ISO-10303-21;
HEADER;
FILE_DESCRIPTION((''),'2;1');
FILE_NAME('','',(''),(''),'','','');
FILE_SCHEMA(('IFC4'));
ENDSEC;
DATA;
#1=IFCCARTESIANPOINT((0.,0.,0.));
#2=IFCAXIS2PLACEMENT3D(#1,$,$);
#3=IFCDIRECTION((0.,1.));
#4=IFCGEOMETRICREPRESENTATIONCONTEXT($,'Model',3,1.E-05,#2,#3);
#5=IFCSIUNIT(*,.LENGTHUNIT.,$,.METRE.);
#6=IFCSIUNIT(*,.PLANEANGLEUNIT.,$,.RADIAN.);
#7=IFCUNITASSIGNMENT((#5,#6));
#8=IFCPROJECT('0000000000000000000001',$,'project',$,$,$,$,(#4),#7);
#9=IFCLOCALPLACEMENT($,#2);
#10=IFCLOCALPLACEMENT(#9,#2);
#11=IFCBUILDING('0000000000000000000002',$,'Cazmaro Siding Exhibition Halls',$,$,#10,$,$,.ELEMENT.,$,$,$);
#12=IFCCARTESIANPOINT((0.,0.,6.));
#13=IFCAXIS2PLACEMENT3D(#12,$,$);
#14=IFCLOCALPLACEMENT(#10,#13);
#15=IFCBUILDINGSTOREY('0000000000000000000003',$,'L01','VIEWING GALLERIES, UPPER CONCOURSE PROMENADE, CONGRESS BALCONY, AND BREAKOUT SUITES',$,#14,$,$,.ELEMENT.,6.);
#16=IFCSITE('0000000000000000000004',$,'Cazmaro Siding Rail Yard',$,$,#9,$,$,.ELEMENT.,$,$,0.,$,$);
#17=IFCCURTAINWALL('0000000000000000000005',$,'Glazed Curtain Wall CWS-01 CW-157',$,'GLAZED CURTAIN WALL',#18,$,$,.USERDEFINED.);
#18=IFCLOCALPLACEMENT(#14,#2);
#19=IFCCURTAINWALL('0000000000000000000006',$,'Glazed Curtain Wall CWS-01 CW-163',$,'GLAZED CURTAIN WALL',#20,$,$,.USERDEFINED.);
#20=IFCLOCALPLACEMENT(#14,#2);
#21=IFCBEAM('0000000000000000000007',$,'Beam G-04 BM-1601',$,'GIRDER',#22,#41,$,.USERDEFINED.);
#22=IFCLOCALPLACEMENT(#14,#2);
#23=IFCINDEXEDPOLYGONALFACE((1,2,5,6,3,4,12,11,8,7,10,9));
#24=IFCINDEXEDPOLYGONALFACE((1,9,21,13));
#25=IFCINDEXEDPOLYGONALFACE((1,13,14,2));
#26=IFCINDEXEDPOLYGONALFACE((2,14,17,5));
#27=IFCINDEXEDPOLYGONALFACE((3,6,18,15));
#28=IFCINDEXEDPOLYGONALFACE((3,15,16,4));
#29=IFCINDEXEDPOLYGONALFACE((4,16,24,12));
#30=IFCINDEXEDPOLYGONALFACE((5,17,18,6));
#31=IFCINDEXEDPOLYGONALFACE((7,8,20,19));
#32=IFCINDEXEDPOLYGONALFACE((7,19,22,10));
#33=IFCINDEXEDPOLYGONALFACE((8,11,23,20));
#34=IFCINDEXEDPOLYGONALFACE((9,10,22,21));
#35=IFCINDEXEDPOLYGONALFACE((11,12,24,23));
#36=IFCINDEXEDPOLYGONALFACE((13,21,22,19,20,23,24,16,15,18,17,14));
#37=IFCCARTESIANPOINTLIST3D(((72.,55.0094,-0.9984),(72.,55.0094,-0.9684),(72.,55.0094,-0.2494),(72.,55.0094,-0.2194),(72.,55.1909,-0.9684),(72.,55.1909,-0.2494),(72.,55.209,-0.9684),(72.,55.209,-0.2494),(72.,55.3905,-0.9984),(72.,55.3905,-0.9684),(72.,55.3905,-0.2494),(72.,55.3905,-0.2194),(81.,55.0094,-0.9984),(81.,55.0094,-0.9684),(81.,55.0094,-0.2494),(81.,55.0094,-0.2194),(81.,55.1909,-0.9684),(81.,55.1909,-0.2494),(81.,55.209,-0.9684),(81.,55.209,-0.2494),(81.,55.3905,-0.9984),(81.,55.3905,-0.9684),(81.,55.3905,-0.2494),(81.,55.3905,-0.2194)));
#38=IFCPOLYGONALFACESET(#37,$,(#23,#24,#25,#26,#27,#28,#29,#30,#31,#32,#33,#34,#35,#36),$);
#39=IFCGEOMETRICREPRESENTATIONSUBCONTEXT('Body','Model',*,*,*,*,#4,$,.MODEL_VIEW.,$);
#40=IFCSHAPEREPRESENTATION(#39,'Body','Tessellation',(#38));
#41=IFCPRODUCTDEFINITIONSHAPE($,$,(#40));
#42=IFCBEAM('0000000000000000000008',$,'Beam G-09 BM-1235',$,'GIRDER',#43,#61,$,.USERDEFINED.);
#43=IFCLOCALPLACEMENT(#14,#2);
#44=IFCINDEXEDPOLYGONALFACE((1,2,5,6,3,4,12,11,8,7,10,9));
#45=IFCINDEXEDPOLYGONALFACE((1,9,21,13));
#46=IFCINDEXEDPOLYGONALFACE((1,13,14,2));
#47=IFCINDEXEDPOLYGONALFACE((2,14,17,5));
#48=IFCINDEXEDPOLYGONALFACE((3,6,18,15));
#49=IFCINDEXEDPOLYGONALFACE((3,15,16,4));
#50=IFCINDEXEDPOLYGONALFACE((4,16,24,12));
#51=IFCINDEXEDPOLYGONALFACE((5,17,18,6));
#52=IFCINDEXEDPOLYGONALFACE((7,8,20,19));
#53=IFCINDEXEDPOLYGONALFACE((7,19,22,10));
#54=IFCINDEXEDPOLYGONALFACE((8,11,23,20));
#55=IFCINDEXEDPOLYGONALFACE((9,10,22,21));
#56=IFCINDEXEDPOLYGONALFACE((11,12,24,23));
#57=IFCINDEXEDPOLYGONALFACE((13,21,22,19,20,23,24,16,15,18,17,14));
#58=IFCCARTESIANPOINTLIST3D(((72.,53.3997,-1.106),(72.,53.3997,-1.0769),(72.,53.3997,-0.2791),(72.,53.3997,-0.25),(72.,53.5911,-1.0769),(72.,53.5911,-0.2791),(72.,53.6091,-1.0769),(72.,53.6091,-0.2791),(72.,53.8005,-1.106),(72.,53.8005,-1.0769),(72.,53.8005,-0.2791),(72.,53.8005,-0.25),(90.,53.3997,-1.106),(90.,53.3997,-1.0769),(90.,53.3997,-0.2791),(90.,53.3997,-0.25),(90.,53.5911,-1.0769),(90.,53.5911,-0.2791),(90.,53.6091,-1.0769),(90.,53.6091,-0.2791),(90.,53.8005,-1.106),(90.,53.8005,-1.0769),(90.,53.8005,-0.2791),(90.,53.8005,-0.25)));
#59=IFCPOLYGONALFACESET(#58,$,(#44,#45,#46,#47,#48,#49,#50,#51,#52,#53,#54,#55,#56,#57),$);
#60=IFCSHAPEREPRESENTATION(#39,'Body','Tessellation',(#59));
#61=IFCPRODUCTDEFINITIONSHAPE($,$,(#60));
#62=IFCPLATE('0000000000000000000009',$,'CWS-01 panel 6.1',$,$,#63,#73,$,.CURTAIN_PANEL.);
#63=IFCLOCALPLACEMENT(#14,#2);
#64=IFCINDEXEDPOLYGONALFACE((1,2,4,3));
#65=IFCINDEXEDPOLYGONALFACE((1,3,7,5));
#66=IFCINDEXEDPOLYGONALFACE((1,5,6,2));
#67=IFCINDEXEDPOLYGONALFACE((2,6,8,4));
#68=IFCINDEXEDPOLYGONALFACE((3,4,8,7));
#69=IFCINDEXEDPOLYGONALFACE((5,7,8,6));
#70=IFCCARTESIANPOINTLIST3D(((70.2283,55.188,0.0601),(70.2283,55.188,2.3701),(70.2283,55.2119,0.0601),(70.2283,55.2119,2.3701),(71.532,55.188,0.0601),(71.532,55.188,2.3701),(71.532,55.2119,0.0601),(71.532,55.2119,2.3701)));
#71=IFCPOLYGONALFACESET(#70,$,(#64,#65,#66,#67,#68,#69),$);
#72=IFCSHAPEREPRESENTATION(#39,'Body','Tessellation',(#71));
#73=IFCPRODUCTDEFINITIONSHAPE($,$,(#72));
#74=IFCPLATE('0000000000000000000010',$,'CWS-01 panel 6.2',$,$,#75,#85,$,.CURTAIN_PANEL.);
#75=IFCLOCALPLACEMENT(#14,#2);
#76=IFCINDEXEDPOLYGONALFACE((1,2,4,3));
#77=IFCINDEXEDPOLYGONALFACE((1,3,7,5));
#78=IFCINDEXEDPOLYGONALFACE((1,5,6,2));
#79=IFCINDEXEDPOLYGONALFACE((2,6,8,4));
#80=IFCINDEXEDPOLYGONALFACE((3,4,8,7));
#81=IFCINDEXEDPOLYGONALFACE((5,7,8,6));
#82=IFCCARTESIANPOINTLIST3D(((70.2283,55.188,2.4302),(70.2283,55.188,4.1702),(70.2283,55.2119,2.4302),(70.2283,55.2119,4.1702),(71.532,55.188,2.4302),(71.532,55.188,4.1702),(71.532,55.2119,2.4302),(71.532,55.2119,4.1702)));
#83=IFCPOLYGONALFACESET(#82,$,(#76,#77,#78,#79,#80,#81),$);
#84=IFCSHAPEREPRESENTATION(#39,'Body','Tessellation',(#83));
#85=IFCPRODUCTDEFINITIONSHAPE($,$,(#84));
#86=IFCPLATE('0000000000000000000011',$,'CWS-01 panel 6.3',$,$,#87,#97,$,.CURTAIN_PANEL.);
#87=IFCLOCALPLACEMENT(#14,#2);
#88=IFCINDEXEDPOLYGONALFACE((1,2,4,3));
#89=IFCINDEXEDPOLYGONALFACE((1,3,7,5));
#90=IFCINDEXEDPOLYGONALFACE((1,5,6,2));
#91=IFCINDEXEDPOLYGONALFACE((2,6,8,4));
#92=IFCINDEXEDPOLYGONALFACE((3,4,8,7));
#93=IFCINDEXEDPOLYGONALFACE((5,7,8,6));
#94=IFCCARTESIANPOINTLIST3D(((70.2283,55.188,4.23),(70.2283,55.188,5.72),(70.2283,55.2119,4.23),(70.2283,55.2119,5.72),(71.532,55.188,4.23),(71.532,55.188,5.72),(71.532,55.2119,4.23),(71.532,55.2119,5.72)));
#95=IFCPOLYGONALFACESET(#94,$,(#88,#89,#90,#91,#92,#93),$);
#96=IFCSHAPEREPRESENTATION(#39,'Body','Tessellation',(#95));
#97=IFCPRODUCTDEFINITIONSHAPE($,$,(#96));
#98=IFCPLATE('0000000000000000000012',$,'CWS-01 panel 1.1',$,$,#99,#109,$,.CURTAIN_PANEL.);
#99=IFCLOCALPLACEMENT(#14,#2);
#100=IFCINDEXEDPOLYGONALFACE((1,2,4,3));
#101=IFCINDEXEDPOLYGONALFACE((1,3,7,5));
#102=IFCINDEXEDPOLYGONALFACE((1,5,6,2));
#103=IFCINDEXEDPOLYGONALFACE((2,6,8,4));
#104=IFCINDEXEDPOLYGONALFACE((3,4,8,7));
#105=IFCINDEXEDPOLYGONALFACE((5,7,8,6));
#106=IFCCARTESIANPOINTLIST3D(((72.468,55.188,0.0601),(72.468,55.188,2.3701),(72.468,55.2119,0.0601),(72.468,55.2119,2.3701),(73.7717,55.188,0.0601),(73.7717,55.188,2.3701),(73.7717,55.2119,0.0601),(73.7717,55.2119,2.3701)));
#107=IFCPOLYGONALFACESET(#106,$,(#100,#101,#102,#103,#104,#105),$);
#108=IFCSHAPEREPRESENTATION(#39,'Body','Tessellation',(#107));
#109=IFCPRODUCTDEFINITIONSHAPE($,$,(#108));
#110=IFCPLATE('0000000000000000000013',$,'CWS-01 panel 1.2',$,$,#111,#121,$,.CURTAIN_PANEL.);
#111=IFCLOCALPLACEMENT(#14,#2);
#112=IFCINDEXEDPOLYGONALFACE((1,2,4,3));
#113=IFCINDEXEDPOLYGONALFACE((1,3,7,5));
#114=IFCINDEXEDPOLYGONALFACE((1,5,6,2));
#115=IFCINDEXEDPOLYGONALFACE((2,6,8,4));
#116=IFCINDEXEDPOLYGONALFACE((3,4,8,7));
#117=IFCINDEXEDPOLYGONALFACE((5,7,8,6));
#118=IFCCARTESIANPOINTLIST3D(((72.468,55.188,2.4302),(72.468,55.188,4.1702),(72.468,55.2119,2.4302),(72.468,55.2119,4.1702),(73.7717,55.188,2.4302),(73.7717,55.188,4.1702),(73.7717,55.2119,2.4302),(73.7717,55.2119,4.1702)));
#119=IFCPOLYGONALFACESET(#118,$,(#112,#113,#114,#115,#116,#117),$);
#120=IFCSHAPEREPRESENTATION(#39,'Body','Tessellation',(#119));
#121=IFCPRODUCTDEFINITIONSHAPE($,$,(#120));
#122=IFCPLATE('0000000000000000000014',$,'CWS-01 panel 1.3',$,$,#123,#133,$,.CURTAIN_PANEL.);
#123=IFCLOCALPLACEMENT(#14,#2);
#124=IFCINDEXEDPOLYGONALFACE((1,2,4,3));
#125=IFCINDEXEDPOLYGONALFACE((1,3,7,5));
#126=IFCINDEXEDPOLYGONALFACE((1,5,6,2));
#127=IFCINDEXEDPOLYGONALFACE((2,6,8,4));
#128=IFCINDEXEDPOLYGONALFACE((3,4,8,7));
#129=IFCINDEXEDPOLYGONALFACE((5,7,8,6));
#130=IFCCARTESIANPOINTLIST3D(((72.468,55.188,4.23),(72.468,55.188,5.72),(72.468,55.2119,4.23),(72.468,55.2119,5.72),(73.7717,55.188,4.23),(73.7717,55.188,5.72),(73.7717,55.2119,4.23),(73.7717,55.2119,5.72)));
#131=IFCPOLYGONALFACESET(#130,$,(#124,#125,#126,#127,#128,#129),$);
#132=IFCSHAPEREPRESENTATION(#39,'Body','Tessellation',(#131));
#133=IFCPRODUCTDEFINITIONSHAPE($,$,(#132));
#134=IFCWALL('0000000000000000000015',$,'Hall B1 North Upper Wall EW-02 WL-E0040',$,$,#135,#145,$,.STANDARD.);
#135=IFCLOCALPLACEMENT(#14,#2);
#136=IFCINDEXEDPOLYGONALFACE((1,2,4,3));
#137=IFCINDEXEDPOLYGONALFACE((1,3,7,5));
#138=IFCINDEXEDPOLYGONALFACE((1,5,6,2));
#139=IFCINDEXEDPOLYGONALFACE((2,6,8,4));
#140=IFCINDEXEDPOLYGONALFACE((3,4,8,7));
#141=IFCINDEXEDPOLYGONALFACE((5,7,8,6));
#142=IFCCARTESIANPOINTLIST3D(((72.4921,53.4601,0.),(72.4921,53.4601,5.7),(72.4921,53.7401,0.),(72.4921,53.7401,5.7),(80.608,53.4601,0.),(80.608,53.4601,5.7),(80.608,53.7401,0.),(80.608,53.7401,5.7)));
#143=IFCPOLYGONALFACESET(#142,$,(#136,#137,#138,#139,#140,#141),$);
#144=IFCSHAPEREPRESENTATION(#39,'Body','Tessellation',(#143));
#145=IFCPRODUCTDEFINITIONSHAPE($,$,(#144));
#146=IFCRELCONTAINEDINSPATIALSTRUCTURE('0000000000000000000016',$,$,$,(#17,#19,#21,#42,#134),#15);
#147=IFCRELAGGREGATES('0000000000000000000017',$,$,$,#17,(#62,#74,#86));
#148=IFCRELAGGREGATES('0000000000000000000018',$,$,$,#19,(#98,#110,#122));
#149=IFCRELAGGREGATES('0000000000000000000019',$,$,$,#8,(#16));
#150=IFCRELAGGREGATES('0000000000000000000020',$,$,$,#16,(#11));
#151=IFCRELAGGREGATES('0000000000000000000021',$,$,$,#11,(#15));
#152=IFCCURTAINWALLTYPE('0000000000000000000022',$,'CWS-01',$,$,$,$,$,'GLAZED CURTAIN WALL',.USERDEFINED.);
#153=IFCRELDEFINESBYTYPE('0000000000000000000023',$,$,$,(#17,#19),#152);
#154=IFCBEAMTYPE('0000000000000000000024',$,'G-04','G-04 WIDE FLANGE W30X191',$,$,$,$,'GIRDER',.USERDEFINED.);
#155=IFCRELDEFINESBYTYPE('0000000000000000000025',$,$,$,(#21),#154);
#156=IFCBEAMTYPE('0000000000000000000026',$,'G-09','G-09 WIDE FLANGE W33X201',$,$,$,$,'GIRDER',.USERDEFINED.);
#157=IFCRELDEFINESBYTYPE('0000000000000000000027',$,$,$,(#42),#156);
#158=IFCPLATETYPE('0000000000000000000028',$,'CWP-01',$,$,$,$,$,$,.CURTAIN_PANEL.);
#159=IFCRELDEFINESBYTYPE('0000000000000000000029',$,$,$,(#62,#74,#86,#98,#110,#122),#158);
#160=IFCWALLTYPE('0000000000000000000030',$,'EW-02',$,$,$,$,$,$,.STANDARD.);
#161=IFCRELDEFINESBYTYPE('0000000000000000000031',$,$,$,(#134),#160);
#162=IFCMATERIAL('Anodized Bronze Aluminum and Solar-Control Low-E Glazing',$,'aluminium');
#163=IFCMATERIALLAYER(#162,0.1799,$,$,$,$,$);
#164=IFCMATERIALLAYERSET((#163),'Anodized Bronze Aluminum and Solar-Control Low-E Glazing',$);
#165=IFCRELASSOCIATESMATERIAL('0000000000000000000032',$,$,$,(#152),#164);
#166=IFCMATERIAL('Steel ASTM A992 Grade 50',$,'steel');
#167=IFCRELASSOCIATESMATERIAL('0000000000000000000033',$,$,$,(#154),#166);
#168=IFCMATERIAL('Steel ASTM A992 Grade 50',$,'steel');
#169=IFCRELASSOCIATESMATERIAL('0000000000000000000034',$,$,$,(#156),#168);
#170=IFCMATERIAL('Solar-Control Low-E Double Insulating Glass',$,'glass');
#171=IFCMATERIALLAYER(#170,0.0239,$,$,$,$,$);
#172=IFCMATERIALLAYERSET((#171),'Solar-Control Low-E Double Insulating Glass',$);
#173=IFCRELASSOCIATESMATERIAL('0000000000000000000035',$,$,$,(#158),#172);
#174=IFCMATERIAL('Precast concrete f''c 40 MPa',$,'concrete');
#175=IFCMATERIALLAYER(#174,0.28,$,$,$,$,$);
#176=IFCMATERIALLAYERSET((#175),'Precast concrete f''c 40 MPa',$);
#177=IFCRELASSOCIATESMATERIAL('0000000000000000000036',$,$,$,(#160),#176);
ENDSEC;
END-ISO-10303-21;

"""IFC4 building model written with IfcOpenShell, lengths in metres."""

from ifc_helpers import new_model, si_unit, direction, frame, frame_2d, origin, origin_2d, place, context, subcontext, project, spatial, rectangle, i_section, extrude, material, layer, layer_set, material_profile, profile_set, type_object, element, aggregate, save


model = new_model("IFC4")

# Units and contexts
model_context = context("Model", 3, precision=1e-05, world=origin(), true_north=direction((0.0, 1.0)))
body_context = subcontext(model_context, "Body", "Model", "MODEL_VIEW")
ifc_project = project(units=[si_unit("LENGTHUNIT", "METRE"), si_unit("PLANEANGLEUNIT", "RADIAN")], contexts=[model_context])

# Site, building, storey
site_placement = place(None, origin())
site = spatial("IfcSite", under=ifc_project, at=site_placement, Name="Cazmaro Siding Rail Yard", CompositionType="ELEMENT", RefElevation=0.0)
building_placement = place(site_placement, origin())
building = spatial("IfcBuilding", under=site, at=building_placement, Name="Cazmaro Siding Exhibition Halls", CompositionType="ELEMENT")
storey_placement = place(building_placement, frame((0.0, 0.0, 6.0)))
storey = spatial("IfcBuildingStorey", under=building, at=storey_placement, Name="L01", Description="VIEWING GALLERIES, UPPER CONCOURSE PROMENADE, CONGRESS BALCONY, AND BREAKOUT SUITES", CompositionType="ELEMENT", Elevation=6.0)

# Curtain wall
ifc_material_1 = material(Name="Anodized Bronze Aluminum and Solar-Control Low-E Glazing", Category="aluminium")
ifc_layer_1 = layer(ifc_material_1, 0.1799)
ifc_layer_set_1 = layer_set([ifc_layer_1], Name="Anodized Bronze Aluminum and Solar-Control Low-E Glazing")
curtain_wall_type = type_object("IfcCurtainWallType", Name="CWS-01", ElementType="GLAZED CURTAIN WALL", PredefinedType="USERDEFINED", material=ifc_layer_set_1)
curtain_wall_1_placement = place(storey_placement, origin())
curtain_wall_1 = element("IfcCurtainWall", 1, at=curtain_wall_1_placement, inside=storey, type_object=curtain_wall_type, Name="Glazed Curtain Wall CWS-01 CW-157", ObjectType="GLAZED CURTAIN WALL", PredefinedType="USERDEFINED")

# Curtain wall
curtain_wall_2_placement = place(storey_placement, origin())
curtain_wall_2 = element("IfcCurtainWall", 2, at=curtain_wall_2_placement, inside=storey, type_object=curtain_wall_type, Name="Glazed Curtain Wall CWS-01 CW-163", ObjectType="GLAZED CURTAIN WALL", PredefinedType="USERDEFINED")

# Beams
ifc_material_2 = material(Name="Steel ASTM A992 Grade 50", Category="steel")
ifc_material_profile_1 = material_profile(ifc_material_2, i_section(OverallWidth=0.3811, OverallDepth=0.7791, WebThickness=0.0181, FlangeThickness=0.03, at=origin_2d()), Name="W30X191")
ifc_profile_set_1 = profile_set([ifc_material_profile_1], Name="Steel ASTM A992 Grade 50")
beam_type_1 = type_object("IfcBeamType", Name="G-04", Description="G-04 WIDE FLANGE W30X191", ElementType="GIRDER", PredefinedType="USERDEFINED", material=ifc_profile_set_1)
beam_1_placement = place(storey_placement, frame((72.0, 55.2, -0.6089), z_axis=(1.0, 0.0, 0.0), x_axis=(0.0, 1.0, 0.0)))
element("IfcBeam", 3, at=beam_1_placement, inside=storey, type_object=beam_type_1, Name="Beam G-04 BM-1601", ObjectType="GIRDER", PredefinedType="USERDEFINED", context=body_context, shape_type="SweptSolid", body=[
    extrude(i_section(OverallWidth=0.3811, OverallDepth=0.7791, WebThickness=0.0181, FlangeThickness=0.03, at=origin_2d()), origin(), (0.0, 0.0, 1.0), 9.0),
])
ifc_material_3 = material(Name="Steel ASTM A992 Grade 50", Category="steel")
ifc_material_profile_2 = material_profile(ifc_material_3, i_section(OverallWidth=0.4009, OverallDepth=0.856, WebThickness=0.0181, FlangeThickness=0.0291, at=origin_2d()), Name="W33X201")
ifc_profile_set_2 = profile_set([ifc_material_profile_2], Name="Steel ASTM A992 Grade 50")
beam_type_2 = type_object("IfcBeamType", Name="G-09", Description="G-09 WIDE FLANGE W33X201", ElementType="GIRDER", PredefinedType="USERDEFINED", material=ifc_profile_set_2)
beam_2_placement = place(storey_placement, frame((72.0, 53.6001, -0.678), z_axis=(1.0, 0.0, 0.0), x_axis=(0.0, 1.0, 0.0)))
element("IfcBeam", 4, at=beam_2_placement, inside=storey, type_object=beam_type_2, Name="Beam G-09 BM-1235", ObjectType="GIRDER", PredefinedType="USERDEFINED", context=body_context, shape_type="SweptSolid", body=[
    extrude(i_section(OverallWidth=0.4009, OverallDepth=0.856, WebThickness=0.0181, FlangeThickness=0.0291, at=origin_2d()), origin(), (0.0, 0.0, 1.0), 18.0),
])

# Plates
ifc_material_4 = material(Name="Solar-Control Low-E Double Insulating Glass", Category="glass")
ifc_layer_2 = layer(ifc_material_4, 0.0239)
ifc_layer_set_2 = layer_set([ifc_layer_2], Name="Solar-Control Low-E Double Insulating Glass")
plate_type = type_object("IfcPlateType", Name="CWP-01", PredefinedType="CURTAIN_PANEL", material=ifc_layer_set_2)
plate_1_placement = place(storey_placement, frame((70.8801, 55.2, 0.0601), z_axis=(0.0, 0.0, 1.0), x_axis=(1.0, 0.0, 0.0)))
plate_1 = element("IfcPlate", 5, at=plate_1_placement, type_object=plate_type, Name="CWS-01 panel 6.1", PredefinedType="CURTAIN_PANEL", context=body_context, shape_type="SweptSolid", body=[
    extrude(rectangle(XDim=1.3037, YDim=0.0239, at=origin_2d()), origin(), (0.0, 0.0, 1.0), 2.3101),
])
plate_2_placement = place(storey_placement, frame((70.8801, 55.2, 2.4302), z_axis=(0.0, 0.0, 1.0), x_axis=(1.0, 0.0, 0.0)))
plate_2 = element("IfcPlate", 6, at=plate_2_placement, type_object=plate_type, Name="CWS-01 panel 6.2", PredefinedType="CURTAIN_PANEL", context=body_context, shape_type="SweptSolid", body=[
    extrude(rectangle(XDim=1.3037, YDim=0.0239, at=origin_2d()), origin(), (0.0, 0.0, 1.0), 1.74),
])
plate_3_placement = place(storey_placement, frame((70.8801, 55.2, 4.23), z_axis=(0.0, 0.0, 1.0), x_axis=(1.0, 0.0, 0.0)))
plate_3 = element("IfcPlate", 7, at=plate_3_placement, type_object=plate_type, Name="CWS-01 panel 6.3", PredefinedType="CURTAIN_PANEL", context=body_context, shape_type="SweptSolid", body=[
    extrude(rectangle(XDim=1.3037, YDim=0.0239, at=origin_2d()), origin(), (0.0, 0.0, 1.0), 1.49),
])
aggregate(curtain_wall_1, [plate_1, plate_2, plate_3])
plate_4_placement = place(storey_placement, frame((73.1199, 55.2, 0.0601), z_axis=(0.0, 0.0, 1.0), x_axis=(1.0, 0.0, 0.0)))
plate_4 = element("IfcPlate", 8, at=plate_4_placement, type_object=plate_type, Name="CWS-01 panel 1.1", PredefinedType="CURTAIN_PANEL", context=body_context, shape_type="SweptSolid", body=[
    extrude(rectangle(XDim=1.3037, YDim=0.0239, at=origin_2d()), origin(), (0.0, 0.0, 1.0), 2.3101),
])
plate_5_placement = place(storey_placement, frame((73.1199, 55.2, 2.4302), z_axis=(0.0, 0.0, 1.0), x_axis=(1.0, 0.0, 0.0)))
plate_5 = element("IfcPlate", 9, at=plate_5_placement, type_object=plate_type, Name="CWS-01 panel 1.2", PredefinedType="CURTAIN_PANEL", context=body_context, shape_type="SweptSolid", body=[
    extrude(rectangle(XDim=1.3037, YDim=0.0239, at=origin_2d()), origin(), (0.0, 0.0, 1.0), 1.74),
])
plate_6_placement = place(storey_placement, frame((73.1199, 55.2, 4.23), z_axis=(0.0, 0.0, 1.0), x_axis=(1.0, 0.0, 0.0)))
plate_6 = element("IfcPlate", 10, at=plate_6_placement, type_object=plate_type, Name="CWS-01 panel 1.3", PredefinedType="CURTAIN_PANEL", context=body_context, shape_type="SweptSolid", body=[
    extrude(rectangle(XDim=1.3037, YDim=0.0239, at=origin_2d()), origin(), (0.0, 0.0, 1.0), 1.49),
])
aggregate(curtain_wall_2, [plate_4, plate_5, plate_6])

# Wall
ifc_material_5 = material(Name="Precast concrete f'c 40 MPa", Category="concrete")
ifc_layer_3 = layer(ifc_material_5, 0.28)
ifc_layer_set_3 = layer_set([ifc_layer_3], Name="Precast concrete f'c 40 MPa")
wall_type = type_object("IfcWallType", Name="EW-02", PredefinedType="STANDARD", material=ifc_layer_set_3)
wall_placement = place(storey_placement, frame((72.4919, 53.6001, 0.0), z_axis=(0.0, 0.0, 1.0), x_axis=(1.0, 0.0, 0.0)))
element("IfcWall", 11, at=wall_placement, inside=storey, type_object=wall_type, Name="Hall B1 North Upper Wall EW-02 WL-E0040", PredefinedType="STANDARD", context=body_context, shape_type="SweptSolid", body=[
    extrude(rectangle(XDim=8.116, YDim=0.28, at=frame_2d((4.0581, 0.0))), origin(), (0.0, 0.0, 1.0), 5.7),
])

save(model, "model.ifc")
